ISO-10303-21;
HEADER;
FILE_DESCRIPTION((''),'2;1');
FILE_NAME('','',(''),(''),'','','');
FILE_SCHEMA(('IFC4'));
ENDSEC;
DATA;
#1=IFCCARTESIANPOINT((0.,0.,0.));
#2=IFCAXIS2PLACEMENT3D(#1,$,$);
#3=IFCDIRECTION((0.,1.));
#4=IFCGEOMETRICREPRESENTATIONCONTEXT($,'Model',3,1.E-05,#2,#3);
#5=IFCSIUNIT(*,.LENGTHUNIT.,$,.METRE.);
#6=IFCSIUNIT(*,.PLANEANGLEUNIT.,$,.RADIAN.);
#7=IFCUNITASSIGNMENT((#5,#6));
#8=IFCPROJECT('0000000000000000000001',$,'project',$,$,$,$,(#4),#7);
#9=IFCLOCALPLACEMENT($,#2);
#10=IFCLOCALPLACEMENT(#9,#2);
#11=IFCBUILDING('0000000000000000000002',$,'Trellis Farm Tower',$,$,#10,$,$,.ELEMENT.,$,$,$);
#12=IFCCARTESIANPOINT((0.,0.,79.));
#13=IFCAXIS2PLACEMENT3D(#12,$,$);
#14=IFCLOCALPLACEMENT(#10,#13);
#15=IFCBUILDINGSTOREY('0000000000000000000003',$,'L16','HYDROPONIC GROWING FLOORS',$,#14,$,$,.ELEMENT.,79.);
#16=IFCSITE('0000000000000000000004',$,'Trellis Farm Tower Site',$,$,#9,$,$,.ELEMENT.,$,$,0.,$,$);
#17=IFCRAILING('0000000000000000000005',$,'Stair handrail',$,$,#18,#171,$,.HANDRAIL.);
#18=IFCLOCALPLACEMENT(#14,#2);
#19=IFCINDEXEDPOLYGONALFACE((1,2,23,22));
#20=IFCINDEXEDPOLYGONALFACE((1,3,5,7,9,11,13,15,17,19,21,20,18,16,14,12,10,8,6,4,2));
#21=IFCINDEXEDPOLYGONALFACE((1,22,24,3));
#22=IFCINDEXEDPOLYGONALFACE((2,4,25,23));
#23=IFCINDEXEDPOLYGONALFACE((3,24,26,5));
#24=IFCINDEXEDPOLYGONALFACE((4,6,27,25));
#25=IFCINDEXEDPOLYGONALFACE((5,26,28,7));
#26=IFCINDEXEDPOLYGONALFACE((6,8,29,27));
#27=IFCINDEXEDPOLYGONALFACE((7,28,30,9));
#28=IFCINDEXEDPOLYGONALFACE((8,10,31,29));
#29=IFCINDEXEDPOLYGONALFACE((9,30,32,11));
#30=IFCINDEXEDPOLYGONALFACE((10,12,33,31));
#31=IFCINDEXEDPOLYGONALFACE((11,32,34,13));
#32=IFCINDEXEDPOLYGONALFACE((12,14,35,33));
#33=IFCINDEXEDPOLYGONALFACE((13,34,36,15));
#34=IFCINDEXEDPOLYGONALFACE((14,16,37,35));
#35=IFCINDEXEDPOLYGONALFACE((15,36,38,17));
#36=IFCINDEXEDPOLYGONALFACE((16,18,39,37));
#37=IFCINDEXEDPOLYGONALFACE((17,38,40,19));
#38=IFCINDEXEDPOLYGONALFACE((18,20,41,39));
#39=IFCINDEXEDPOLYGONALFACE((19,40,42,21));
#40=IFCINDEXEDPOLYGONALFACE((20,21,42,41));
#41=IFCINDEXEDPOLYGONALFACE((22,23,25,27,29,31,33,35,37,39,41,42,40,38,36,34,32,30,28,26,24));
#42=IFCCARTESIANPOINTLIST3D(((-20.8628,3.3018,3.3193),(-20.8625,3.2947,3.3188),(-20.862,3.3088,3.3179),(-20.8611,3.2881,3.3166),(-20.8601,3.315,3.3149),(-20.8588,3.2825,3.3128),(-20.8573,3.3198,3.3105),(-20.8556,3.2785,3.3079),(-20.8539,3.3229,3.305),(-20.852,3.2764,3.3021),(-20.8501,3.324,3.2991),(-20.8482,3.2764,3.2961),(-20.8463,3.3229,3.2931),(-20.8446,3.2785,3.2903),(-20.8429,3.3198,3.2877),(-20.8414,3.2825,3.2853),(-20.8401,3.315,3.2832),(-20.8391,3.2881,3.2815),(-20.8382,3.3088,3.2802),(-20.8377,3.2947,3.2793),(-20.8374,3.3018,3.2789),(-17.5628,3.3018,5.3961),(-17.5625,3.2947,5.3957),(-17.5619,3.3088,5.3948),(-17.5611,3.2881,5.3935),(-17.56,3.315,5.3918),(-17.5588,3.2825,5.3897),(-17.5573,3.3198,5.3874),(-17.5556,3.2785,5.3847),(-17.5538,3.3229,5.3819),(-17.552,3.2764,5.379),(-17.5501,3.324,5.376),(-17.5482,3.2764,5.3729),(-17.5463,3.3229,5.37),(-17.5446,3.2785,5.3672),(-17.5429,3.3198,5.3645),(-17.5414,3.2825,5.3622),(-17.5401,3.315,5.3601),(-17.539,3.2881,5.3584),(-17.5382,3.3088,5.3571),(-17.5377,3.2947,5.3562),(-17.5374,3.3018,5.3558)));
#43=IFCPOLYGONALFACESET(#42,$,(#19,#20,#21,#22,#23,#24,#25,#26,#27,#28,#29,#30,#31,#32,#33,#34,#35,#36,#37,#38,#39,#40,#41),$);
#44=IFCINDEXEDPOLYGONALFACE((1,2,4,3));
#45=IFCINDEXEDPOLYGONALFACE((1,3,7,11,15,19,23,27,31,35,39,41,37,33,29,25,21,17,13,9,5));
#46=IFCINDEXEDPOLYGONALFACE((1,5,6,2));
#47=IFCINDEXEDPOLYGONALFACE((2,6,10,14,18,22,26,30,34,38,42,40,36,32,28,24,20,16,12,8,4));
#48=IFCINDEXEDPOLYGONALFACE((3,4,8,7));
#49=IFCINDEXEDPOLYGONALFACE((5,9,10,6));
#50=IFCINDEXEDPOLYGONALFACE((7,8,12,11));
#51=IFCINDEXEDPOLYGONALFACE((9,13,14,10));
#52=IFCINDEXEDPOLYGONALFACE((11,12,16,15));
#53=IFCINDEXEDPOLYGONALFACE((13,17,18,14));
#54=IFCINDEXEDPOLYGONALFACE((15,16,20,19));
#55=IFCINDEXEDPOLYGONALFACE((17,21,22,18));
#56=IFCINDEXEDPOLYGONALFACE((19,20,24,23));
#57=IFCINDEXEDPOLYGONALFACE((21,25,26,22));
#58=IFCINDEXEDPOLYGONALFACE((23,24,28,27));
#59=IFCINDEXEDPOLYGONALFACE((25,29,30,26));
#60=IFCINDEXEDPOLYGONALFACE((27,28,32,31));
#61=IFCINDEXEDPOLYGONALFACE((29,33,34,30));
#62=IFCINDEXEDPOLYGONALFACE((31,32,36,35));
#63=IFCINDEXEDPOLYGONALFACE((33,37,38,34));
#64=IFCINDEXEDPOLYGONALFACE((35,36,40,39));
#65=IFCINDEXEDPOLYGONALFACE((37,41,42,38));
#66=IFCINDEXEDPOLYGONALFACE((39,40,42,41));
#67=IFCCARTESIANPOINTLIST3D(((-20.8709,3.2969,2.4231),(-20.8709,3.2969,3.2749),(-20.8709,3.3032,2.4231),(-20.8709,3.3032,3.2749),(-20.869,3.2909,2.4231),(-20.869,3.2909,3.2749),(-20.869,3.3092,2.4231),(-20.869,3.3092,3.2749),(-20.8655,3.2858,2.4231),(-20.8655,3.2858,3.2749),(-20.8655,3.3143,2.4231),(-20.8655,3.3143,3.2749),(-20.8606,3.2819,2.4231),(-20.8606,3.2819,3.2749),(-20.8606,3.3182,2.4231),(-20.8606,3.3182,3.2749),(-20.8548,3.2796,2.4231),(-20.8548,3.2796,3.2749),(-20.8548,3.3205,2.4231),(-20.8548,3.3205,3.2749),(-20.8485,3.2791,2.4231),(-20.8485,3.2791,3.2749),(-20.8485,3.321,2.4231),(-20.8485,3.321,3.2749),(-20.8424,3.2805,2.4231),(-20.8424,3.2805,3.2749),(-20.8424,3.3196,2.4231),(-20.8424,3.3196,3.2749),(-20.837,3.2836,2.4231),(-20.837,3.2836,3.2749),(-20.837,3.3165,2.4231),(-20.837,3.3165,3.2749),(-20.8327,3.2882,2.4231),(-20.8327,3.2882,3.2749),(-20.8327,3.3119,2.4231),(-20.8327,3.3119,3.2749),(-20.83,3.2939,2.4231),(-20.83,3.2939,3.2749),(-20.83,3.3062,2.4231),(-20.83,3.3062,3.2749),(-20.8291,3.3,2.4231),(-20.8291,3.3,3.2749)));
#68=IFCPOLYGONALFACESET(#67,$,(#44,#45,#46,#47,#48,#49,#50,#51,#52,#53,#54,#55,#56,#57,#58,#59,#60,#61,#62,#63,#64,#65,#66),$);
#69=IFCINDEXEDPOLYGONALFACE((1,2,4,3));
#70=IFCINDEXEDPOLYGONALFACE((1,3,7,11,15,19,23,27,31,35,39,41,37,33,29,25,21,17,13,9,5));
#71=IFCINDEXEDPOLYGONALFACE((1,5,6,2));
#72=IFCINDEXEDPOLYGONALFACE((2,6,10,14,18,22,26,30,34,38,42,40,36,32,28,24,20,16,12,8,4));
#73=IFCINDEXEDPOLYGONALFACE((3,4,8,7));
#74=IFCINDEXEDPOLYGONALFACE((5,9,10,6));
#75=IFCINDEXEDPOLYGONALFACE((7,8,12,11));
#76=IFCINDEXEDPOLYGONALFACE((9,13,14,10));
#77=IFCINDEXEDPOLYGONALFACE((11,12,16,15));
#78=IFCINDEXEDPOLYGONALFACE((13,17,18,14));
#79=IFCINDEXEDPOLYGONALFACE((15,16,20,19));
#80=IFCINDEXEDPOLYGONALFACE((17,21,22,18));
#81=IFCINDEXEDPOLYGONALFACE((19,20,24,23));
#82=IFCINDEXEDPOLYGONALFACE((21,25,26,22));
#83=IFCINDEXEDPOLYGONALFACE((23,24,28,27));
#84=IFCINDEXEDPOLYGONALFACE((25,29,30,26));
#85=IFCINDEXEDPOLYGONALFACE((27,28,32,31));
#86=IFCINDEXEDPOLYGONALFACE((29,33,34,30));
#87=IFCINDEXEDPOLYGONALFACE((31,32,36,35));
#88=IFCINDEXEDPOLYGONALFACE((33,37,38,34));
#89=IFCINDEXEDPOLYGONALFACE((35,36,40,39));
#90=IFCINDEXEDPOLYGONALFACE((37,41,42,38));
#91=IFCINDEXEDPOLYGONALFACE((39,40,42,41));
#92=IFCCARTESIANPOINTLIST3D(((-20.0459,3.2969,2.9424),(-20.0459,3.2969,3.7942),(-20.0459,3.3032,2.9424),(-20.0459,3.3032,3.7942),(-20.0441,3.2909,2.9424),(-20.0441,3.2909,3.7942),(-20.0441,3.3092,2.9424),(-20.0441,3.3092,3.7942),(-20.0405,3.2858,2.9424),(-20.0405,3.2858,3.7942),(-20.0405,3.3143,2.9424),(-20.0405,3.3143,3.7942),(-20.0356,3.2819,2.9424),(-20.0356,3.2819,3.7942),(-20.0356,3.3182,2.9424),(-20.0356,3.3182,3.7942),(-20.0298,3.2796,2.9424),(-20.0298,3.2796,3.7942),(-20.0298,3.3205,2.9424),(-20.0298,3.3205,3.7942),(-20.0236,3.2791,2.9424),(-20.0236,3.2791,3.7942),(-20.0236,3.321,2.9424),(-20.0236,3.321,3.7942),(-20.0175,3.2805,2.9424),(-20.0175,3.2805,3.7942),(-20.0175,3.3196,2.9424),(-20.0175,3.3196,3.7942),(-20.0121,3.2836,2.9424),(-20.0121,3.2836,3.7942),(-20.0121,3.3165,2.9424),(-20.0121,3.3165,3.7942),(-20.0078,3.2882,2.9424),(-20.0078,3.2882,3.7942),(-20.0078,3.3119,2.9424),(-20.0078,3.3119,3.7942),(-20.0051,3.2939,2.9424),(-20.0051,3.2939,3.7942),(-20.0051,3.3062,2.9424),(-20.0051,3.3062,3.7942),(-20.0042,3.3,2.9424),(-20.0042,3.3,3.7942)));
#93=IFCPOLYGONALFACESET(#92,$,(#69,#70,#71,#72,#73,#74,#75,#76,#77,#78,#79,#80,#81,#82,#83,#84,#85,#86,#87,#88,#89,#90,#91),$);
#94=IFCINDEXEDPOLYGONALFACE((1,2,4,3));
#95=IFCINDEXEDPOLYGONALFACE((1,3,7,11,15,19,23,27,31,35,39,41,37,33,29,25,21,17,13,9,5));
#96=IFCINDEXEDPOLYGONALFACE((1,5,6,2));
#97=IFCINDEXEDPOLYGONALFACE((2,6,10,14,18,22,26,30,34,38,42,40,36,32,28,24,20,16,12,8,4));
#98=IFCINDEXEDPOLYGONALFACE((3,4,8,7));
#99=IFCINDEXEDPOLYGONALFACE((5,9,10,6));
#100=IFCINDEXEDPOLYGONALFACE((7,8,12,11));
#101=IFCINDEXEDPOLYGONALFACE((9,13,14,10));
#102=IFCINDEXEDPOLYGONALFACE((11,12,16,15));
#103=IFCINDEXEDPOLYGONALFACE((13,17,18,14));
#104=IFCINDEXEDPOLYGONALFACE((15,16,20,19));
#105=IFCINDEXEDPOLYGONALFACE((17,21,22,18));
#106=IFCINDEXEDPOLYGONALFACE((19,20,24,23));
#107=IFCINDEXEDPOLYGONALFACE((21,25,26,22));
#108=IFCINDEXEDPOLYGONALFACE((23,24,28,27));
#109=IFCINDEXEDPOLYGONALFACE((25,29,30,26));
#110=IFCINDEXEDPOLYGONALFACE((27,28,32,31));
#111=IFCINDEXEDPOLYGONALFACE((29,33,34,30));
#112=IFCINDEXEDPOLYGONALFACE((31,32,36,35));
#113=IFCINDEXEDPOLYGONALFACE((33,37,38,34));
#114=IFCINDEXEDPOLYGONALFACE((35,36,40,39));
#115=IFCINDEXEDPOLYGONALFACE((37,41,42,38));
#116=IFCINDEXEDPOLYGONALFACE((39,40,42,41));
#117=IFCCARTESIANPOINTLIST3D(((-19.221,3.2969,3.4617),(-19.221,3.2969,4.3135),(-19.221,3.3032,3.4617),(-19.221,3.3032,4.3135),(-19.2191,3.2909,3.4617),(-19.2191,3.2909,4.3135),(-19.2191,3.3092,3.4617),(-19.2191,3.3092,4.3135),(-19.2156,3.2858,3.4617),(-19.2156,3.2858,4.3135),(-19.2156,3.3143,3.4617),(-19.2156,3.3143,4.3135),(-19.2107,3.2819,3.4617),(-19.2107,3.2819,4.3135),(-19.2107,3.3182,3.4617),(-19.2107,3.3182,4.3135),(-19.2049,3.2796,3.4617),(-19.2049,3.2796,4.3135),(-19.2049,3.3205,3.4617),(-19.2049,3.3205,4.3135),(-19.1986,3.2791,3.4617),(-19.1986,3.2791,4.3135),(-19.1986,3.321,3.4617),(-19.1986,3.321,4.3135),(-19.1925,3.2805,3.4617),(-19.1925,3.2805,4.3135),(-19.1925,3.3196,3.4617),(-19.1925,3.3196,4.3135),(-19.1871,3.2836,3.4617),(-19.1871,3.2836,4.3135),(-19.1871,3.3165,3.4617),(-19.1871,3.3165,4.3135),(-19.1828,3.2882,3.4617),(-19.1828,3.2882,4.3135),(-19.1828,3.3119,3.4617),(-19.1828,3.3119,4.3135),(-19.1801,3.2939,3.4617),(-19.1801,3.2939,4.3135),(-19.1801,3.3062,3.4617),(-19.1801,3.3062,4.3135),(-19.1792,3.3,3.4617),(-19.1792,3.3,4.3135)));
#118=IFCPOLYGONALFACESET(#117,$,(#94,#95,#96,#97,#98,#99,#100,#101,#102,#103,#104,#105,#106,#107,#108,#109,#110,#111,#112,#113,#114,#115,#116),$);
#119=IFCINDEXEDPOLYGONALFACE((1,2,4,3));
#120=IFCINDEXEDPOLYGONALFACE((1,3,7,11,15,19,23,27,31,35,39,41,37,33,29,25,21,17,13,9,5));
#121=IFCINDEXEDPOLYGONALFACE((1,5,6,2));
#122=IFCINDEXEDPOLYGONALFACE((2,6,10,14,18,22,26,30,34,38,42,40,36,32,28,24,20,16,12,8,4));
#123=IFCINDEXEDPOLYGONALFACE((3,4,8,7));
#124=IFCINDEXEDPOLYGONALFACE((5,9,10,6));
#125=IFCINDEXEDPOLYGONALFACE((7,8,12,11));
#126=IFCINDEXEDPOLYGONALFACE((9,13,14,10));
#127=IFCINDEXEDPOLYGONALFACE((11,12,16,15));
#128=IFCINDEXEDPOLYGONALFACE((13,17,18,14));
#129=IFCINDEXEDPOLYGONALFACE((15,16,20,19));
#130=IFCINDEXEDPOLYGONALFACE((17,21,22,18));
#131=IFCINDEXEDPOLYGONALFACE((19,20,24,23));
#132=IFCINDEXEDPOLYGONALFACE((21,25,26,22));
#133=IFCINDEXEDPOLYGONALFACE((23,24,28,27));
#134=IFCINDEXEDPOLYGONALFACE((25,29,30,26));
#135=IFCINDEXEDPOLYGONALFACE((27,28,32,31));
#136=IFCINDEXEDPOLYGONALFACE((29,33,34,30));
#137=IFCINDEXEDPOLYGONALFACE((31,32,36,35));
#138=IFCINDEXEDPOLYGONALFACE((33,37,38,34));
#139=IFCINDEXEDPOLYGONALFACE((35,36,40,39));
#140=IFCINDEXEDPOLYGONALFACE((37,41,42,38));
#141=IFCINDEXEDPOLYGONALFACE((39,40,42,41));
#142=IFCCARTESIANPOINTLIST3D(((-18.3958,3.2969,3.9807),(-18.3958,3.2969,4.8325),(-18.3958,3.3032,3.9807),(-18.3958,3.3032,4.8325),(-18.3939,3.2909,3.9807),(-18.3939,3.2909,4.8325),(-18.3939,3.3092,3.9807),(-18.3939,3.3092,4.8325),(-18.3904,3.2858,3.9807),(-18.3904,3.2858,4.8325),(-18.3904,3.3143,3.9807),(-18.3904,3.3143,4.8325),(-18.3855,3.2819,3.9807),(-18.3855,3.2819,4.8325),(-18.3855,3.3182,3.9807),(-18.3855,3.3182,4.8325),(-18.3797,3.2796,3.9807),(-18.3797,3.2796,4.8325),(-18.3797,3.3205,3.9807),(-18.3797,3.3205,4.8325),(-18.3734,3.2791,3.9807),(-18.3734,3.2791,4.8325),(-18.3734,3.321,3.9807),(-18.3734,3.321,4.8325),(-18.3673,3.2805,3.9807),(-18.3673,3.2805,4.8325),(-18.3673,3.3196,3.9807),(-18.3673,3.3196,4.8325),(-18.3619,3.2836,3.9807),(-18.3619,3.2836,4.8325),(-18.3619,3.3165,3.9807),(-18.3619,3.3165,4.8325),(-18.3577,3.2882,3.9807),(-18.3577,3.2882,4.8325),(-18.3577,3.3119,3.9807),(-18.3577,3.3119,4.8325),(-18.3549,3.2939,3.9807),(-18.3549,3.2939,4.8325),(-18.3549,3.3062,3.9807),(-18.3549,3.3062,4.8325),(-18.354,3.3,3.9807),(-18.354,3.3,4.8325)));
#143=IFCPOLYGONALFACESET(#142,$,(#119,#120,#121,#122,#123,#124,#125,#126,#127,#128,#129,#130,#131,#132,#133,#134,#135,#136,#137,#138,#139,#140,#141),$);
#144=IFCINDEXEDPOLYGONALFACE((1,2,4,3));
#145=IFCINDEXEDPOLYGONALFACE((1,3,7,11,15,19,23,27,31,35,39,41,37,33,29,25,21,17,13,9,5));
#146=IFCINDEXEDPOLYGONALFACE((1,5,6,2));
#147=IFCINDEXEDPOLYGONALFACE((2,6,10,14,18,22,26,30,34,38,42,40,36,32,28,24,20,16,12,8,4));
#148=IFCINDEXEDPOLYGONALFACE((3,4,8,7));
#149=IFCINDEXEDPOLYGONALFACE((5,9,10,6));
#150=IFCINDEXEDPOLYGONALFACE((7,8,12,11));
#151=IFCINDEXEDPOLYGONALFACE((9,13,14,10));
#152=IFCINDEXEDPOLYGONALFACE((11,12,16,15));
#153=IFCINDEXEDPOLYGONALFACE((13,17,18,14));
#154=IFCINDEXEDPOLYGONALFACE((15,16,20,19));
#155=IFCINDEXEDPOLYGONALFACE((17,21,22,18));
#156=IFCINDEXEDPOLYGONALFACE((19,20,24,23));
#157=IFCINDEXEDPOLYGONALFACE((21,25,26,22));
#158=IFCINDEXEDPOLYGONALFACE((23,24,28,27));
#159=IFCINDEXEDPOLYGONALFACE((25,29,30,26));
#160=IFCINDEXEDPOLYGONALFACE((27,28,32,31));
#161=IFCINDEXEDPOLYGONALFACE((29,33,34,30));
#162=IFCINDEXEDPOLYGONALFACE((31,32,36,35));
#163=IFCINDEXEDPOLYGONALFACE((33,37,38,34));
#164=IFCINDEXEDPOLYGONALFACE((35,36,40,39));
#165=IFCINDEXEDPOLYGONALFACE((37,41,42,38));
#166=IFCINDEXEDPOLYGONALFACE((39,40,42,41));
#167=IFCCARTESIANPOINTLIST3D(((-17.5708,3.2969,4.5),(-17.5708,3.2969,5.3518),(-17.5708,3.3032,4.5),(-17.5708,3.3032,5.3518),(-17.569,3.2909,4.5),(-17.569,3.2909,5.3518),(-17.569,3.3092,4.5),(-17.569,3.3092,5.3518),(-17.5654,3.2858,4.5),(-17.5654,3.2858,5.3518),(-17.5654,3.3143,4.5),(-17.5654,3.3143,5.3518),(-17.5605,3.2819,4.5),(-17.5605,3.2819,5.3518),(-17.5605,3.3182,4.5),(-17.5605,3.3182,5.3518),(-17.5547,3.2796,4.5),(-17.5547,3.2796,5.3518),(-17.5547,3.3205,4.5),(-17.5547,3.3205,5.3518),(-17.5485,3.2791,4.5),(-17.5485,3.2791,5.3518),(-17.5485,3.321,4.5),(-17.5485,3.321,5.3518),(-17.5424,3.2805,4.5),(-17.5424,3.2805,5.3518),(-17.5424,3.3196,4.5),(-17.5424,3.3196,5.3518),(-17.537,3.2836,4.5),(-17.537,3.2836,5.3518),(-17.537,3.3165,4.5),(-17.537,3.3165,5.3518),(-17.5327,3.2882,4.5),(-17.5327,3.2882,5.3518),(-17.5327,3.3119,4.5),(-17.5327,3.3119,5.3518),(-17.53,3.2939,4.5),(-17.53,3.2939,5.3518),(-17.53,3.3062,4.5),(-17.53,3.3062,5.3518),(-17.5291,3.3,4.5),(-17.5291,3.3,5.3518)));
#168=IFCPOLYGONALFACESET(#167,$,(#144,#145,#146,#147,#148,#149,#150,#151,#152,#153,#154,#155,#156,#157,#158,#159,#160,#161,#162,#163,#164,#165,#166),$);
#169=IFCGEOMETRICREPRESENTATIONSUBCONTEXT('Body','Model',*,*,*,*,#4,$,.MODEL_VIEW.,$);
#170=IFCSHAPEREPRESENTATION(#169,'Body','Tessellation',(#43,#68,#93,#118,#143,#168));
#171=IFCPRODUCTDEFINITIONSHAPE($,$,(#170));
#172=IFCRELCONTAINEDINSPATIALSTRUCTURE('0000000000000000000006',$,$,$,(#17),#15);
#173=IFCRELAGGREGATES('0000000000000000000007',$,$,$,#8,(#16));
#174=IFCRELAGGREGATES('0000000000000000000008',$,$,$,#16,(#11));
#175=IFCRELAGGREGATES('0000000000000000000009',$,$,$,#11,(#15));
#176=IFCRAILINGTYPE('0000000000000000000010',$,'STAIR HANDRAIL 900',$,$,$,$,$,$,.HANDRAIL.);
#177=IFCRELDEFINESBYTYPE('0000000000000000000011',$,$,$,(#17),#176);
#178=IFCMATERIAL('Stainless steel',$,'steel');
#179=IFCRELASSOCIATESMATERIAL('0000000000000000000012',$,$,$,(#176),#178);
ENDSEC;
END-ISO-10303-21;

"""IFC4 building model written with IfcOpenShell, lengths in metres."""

from ifc_helpers import new_model, si_unit, direction, frame, origin, origin_2d, place, context, subcontext, project, spatial, circle, extrude, source, transform, mapped, material, type_object, element, save


model = new_model("IFC4")

# Units and contexts
model_context = context("Model", 3, precision=1e-05, world=origin(), true_north=direction((0.0, 1.0)))
body_context = subcontext(model_context, "Body", "Model", "MODEL_VIEW")
ifc_project = project(units=[si_unit("LENGTHUNIT", "METRE"), si_unit("PLANEANGLEUNIT", "RADIAN")], contexts=[model_context])

# Site, building, storey
site_placement = place(None, origin())
site = spatial("IfcSite", under=ifc_project, at=site_placement, Name="Trellis Farm Tower Site", CompositionType="ELEMENT", RefElevation=0.0)
building_placement = place(site_placement, origin())
building = spatial("IfcBuilding", under=site, at=building_placement, Name="Trellis Farm Tower", CompositionType="ELEMENT")
storey_placement = place(building_placement, frame((0.0, 0.0, 79.0)))
storey = spatial("IfcBuildingStorey", under=building, at=storey_placement, Name="L16", Description="HYDROPONIC GROWING FLOORS", CompositionType="ELEMENT", Elevation=79.0)

# Railing
ifc_material_1 = material(Name="Stainless steel", Category="steel")
railing_type = type_object("IfcRailingType", Name="STAIR HANDRAIL 900", PredefinedType="HANDRAIL", material=ifc_material_1)
shared_shape_1 = source(origin(), body_context, "Body", "SweptSolid", [
    extrude(circle(Radius=0.0239, at=origin_2d()), frame((0.0, 0.0, 0.876), z_axis=(0.846337, 0.0, 0.532647), x_axis=(0.0, 1.0, 0.0)), (0.0, 0.0, 1.0), 3.8992),
    extrude(circle(Radius=0.021, at=origin_2d()), origin(), (0.0, 0.0, 1.0), 0.8518),
    extrude(circle(Radius=0.021, at=origin_2d()), frame((0.825, 0.0, 0.5193)), (0.0, 0.0, 1.0), 0.8518),
    extrude(circle(Radius=0.021, at=origin_2d()), frame((1.6499, 0.0, 1.0386)), (0.0, 0.0, 1.0), 0.8518),
    extrude(circle(Radius=0.021, at=origin_2d()), frame((2.4751, 0.0, 1.5576)), (0.0, 0.0, 1.0), 0.8518),
    extrude(circle(Radius=0.021, at=origin_2d()), frame((3.3, 0.0, 2.0769)), (0.0, 0.0, 1.0), 0.8518),
])
for number, where, name in (
    (1, (-20.8501, 3.3, 2.4231), "Stair handrail"),
):
    element("IfcRailing", number, at=place(storey_placement, frame(where)), inside=storey, type_object=railing_type, Name=name, PredefinedType="HANDRAIL", context=body_context, shape_type="MappedRepresentation", body=[
        mapped(shared_shape_1, transform((0.0, 0.0, 0.0))),
    ])

save(model, "model.ifc")
